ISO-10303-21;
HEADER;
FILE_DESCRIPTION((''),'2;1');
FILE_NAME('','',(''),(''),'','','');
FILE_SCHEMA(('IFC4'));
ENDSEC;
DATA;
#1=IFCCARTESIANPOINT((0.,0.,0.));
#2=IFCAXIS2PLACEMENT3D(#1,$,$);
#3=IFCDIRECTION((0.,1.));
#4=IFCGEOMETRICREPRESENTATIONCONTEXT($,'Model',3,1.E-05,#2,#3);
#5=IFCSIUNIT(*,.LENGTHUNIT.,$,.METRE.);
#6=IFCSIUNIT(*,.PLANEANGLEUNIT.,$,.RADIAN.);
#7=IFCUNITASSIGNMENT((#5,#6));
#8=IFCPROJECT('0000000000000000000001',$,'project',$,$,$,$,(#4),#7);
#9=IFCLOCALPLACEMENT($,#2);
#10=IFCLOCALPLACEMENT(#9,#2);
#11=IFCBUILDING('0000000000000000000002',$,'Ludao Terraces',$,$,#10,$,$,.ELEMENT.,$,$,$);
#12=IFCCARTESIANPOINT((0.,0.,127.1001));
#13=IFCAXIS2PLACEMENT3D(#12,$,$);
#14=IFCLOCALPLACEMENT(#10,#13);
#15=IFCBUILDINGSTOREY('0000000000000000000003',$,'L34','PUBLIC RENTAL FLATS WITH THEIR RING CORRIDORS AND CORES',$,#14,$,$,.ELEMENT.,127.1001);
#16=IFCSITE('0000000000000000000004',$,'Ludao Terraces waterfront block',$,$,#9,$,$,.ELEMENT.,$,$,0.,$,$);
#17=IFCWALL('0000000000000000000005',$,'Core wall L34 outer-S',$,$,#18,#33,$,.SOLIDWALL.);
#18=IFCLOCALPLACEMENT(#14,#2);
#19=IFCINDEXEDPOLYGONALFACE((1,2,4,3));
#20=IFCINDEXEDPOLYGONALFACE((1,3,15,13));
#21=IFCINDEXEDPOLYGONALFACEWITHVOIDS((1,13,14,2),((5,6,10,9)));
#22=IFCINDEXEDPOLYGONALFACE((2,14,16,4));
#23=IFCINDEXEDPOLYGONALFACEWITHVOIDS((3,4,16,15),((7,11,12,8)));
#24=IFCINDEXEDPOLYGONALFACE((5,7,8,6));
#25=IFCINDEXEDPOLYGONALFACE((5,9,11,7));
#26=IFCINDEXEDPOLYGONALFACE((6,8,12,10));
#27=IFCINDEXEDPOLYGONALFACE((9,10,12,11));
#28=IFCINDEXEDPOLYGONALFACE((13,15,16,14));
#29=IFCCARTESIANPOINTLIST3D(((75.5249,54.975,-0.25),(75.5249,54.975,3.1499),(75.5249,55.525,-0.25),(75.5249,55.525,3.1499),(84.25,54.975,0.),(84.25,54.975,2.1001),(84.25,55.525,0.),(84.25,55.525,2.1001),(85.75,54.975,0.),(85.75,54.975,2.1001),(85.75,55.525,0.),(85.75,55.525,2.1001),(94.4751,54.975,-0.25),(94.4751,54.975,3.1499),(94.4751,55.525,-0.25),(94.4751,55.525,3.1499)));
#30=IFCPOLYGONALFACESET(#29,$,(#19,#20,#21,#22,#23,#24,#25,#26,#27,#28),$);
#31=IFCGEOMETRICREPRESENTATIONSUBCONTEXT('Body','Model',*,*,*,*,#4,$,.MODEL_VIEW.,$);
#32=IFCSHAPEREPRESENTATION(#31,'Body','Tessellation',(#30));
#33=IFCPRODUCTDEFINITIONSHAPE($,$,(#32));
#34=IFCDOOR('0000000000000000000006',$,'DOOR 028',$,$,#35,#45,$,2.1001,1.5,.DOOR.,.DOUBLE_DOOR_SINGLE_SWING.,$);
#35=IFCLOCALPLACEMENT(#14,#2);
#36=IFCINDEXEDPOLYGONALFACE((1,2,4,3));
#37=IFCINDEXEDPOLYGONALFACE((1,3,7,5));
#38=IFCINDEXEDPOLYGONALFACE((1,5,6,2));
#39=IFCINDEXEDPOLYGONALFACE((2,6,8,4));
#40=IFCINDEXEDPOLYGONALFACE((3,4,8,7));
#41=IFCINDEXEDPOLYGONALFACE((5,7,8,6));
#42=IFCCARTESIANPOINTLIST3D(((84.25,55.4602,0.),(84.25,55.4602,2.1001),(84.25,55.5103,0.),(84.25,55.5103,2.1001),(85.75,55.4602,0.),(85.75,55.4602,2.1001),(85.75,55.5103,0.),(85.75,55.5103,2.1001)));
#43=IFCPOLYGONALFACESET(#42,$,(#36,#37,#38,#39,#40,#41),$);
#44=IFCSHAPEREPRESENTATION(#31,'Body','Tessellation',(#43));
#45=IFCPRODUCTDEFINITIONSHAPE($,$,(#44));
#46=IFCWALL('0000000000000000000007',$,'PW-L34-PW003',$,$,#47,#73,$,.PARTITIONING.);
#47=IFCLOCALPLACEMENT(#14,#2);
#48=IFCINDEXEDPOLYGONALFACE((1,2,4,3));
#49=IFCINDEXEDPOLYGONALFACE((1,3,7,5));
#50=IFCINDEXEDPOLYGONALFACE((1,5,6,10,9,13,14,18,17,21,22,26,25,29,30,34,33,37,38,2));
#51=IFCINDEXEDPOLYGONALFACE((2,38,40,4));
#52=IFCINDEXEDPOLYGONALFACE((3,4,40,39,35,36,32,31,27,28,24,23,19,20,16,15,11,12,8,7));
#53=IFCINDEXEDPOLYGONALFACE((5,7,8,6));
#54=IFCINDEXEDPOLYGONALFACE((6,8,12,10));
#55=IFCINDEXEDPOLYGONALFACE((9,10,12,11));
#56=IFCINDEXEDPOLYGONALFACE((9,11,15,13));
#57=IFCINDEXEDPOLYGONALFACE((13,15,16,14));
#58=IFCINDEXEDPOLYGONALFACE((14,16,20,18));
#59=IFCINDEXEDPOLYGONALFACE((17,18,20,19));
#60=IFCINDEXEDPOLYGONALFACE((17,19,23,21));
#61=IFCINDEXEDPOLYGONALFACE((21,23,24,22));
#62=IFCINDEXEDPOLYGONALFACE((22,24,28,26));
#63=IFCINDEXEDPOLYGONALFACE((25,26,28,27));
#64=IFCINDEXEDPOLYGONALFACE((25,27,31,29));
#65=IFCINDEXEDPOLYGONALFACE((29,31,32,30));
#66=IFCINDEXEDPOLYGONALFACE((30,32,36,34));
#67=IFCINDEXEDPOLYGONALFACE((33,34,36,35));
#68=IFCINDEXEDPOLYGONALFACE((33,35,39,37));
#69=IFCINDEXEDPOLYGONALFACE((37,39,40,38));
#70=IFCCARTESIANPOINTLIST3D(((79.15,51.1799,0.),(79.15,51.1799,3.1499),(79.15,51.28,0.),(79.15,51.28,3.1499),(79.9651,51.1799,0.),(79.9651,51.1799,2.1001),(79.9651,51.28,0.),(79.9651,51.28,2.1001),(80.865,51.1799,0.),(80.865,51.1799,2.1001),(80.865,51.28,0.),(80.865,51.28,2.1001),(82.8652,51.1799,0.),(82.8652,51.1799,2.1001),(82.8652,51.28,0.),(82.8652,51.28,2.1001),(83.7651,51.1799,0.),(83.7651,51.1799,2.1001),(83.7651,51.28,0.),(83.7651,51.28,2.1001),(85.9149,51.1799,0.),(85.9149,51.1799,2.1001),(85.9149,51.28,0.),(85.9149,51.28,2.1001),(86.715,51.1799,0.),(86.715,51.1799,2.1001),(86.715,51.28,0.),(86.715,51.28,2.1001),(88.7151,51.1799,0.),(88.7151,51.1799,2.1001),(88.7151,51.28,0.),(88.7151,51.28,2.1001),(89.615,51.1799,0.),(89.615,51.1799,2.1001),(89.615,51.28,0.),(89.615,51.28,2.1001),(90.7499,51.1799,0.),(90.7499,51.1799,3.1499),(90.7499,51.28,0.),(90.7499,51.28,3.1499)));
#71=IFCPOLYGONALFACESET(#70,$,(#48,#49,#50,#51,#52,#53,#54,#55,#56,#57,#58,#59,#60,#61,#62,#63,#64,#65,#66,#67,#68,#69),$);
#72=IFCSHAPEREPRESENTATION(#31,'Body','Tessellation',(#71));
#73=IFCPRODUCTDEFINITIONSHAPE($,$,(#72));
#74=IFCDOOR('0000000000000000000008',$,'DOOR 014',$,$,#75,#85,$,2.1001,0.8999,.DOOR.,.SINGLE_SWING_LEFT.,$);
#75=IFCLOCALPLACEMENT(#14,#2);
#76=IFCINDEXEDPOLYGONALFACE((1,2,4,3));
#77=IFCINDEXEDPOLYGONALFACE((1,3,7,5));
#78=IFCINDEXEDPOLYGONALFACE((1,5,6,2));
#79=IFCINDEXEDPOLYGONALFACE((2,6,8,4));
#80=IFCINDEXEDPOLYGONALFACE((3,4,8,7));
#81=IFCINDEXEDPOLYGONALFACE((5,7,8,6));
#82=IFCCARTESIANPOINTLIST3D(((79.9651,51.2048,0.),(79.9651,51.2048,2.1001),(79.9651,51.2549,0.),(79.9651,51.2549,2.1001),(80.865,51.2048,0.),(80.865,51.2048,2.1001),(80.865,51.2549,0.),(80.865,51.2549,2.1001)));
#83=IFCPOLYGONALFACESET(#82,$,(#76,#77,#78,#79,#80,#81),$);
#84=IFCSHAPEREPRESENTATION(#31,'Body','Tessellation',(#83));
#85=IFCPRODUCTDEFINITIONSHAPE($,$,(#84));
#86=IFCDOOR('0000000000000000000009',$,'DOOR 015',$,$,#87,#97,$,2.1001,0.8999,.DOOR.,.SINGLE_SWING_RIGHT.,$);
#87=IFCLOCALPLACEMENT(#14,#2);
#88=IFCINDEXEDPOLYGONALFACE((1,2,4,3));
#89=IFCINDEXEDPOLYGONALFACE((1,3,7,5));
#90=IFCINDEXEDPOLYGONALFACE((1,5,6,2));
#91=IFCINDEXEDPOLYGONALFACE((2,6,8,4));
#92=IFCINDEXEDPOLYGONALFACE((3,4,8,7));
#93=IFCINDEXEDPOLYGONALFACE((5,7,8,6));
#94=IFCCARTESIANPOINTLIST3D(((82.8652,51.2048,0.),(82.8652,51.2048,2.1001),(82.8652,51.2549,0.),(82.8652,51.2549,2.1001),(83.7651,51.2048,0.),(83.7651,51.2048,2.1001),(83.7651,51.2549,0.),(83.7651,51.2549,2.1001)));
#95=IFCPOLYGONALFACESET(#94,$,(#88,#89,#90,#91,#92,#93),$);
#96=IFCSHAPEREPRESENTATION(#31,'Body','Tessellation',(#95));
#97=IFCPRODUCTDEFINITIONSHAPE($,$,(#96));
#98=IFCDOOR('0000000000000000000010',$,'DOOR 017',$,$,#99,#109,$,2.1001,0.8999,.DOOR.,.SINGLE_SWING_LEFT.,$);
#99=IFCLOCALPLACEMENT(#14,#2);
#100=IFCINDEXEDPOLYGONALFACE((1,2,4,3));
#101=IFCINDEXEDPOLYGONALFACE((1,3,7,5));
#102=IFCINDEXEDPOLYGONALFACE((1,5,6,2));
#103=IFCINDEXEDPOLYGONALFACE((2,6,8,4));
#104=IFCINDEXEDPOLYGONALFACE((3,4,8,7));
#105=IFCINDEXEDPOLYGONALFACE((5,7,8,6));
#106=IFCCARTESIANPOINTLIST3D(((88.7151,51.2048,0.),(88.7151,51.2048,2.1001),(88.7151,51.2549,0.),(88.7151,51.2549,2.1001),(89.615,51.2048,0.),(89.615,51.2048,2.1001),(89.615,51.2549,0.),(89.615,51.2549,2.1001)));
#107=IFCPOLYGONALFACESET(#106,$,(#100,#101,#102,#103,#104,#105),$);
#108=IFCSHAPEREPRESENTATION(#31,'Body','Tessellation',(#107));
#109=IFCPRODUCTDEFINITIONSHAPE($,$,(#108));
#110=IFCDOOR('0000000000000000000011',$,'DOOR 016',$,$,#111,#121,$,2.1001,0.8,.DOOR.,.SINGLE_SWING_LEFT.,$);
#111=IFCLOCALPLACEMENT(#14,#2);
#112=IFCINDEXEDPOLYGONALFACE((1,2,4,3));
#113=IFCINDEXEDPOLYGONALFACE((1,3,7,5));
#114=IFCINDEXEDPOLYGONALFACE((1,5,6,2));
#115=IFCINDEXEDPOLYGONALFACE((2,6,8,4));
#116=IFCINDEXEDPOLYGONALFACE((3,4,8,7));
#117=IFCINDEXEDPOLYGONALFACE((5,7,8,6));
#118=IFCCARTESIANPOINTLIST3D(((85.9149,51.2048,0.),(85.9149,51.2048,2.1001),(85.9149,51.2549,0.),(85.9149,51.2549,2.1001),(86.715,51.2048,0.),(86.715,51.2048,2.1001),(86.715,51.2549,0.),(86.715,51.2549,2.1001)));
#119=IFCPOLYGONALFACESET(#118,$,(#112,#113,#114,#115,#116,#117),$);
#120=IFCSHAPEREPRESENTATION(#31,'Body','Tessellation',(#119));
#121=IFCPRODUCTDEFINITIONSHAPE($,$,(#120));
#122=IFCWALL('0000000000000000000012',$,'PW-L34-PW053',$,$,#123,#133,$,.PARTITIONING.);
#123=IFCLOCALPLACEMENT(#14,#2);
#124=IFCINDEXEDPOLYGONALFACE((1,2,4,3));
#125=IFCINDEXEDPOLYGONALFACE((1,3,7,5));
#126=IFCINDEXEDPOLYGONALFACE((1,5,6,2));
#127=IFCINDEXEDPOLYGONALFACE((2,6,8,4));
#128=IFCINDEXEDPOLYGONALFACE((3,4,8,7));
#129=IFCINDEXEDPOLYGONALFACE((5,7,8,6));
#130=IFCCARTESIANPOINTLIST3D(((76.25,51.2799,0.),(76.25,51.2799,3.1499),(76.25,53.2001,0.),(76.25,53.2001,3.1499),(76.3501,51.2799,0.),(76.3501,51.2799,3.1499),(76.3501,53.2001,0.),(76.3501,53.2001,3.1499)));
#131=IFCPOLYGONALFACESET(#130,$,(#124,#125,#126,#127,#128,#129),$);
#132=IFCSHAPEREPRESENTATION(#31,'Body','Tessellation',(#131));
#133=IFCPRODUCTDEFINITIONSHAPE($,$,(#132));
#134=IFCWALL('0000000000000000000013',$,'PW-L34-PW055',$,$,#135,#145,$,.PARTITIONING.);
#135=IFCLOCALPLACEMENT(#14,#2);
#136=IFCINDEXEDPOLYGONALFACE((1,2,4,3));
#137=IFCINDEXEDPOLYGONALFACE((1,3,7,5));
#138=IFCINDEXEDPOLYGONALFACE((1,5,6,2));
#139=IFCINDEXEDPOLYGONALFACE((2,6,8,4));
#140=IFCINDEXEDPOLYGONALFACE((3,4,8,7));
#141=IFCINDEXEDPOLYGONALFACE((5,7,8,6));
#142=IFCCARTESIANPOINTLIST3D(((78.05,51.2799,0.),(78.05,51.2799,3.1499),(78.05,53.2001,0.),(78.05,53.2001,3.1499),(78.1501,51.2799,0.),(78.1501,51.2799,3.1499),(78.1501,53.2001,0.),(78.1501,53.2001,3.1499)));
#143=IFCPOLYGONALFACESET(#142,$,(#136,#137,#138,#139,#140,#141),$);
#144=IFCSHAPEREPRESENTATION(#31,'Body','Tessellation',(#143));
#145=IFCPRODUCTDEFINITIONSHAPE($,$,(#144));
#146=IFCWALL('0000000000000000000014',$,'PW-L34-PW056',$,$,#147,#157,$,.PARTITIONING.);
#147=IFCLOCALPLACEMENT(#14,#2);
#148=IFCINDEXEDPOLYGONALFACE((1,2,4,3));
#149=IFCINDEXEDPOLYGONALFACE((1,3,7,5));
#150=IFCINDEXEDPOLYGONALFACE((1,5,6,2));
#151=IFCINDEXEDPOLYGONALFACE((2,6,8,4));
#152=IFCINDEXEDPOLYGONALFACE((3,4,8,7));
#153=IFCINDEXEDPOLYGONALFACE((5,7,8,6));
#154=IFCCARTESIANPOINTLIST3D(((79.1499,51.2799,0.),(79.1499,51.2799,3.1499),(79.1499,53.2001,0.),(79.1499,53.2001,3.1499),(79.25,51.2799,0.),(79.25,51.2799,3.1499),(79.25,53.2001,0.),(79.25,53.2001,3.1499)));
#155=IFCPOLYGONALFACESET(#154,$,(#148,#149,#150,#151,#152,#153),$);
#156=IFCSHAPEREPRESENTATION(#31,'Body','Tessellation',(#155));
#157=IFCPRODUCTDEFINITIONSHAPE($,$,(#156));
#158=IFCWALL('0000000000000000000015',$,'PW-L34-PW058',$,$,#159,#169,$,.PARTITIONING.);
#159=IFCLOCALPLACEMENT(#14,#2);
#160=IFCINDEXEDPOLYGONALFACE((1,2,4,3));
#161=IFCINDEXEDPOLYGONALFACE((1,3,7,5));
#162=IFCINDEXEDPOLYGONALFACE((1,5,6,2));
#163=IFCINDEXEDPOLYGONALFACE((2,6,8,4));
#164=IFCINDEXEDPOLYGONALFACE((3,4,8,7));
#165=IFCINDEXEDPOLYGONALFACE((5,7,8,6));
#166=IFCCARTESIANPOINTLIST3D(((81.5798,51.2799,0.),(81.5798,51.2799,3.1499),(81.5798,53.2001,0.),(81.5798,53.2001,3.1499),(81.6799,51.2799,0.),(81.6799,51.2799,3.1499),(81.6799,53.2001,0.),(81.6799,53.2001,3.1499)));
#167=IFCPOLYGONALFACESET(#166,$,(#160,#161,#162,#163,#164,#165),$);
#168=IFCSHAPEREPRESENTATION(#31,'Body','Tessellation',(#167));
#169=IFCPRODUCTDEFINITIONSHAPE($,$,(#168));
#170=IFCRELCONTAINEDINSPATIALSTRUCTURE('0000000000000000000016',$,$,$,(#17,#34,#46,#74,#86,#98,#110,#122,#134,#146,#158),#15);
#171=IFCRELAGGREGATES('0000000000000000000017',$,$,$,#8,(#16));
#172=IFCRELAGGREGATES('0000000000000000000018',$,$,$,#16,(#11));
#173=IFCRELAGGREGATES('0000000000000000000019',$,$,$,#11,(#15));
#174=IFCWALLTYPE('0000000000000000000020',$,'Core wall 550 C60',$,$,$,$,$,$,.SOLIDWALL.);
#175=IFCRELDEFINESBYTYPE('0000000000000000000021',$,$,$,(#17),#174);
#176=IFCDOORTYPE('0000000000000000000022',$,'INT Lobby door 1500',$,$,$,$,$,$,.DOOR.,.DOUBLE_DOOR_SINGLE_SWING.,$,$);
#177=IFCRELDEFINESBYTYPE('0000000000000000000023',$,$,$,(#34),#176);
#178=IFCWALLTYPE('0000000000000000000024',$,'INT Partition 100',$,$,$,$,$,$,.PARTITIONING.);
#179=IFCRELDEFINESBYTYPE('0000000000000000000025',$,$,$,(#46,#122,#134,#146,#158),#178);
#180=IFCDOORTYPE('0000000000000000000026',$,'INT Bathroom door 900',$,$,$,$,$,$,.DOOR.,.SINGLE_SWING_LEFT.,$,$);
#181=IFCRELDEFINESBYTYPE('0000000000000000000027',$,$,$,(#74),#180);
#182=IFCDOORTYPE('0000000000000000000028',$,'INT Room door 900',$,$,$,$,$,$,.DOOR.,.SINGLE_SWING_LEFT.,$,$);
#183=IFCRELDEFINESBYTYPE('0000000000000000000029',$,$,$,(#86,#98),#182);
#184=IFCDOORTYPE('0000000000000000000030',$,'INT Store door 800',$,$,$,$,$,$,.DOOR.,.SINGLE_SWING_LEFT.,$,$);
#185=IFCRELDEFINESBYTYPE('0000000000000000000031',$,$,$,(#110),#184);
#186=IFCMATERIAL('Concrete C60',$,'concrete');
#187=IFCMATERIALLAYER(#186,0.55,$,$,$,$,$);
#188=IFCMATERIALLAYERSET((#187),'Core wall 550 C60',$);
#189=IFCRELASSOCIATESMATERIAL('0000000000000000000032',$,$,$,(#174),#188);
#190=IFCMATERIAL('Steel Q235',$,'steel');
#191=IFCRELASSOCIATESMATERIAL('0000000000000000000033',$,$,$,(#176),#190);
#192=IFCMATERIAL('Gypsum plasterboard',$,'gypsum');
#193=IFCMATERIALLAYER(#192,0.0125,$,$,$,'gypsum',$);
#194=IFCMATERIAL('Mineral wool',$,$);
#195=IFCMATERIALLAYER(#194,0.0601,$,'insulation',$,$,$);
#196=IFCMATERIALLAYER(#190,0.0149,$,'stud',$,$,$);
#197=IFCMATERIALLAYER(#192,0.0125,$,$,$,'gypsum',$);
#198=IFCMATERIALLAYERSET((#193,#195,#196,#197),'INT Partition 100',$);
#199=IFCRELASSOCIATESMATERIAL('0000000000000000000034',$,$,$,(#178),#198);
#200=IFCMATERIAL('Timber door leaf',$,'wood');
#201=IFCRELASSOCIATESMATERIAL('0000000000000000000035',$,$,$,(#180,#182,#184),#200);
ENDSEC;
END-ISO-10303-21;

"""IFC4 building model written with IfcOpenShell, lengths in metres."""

from ifc_helpers import new_model, si_unit, direction, frame, frame_2d, origin, place, context, subcontext, project, spatial, rectangle, extrude, material, layer, layer_set, type_object, element, fill, save


model = new_model("IFC4")

# Units and contexts
model_context = context("Model", 3, precision=1e-05, world=origin(), true_north=direction((0.0, 1.0)))
body_context = subcontext(model_context, "Body", "Model", "MODEL_VIEW")
ifc_project = project(units=[si_unit("LENGTHUNIT", "METRE"), si_unit("PLANEANGLEUNIT", "RADIAN")], contexts=[model_context])

# Site, building, storey
site_placement = place(None, origin())
site = spatial("IfcSite", under=ifc_project, at=site_placement, Name="Ludao Terraces waterfront block", CompositionType="ELEMENT", RefElevation=0.0)
building_placement = place(site_placement, origin())
building = spatial("IfcBuilding", under=site, at=building_placement, Name="Ludao Terraces", CompositionType="ELEMENT")
storey_placement = place(building_placement, frame((0.0, 0.0, 127.1001)))
storey = spatial("IfcBuildingStorey", under=building, at=storey_placement, Name="L34", Description="PUBLIC RENTAL FLATS WITH THEIR RING CORRIDORS AND CORES", CompositionType="ELEMENT", Elevation=127.1001)

# Wall, opening, door
ifc_material_1 = material(Name="Concrete C60", Category="concrete")
ifc_layer_1 = layer(ifc_material_1, 0.55)
ifc_layer_set_1 = layer_set([ifc_layer_1], Name="Core wall 550 C60")
wall_type_1 = type_object("IfcWallType", Name="Core wall 550 C60", PredefinedType="SOLIDWALL", material=ifc_layer_set_1)
wall_1_placement = place(storey_placement, frame((75.5249, 55.25, -0.25), z_axis=(0.0, 0.0, 1.0), x_axis=(1.0, 0.0, 0.0)))
wall_1 = element("IfcWall", 1, at=wall_1_placement, inside=storey, type_object=wall_type_1, Name="Core wall L34 outer-S", PredefinedType="SOLIDWALL", context=body_context, shape_type="SweptSolid", body=[
    extrude(rectangle(XDim=18.9502, YDim=0.55, at=frame_2d((9.4751, 0.0))), origin(), (0.0, 0.0, 1.0), 3.3999),
])
opening_1_placement = place(wall_1_placement, frame((8.7251, 0.0, 0.25)))
opening_1 = element("IfcOpeningElement", 2, at=opening_1_placement, cuts=wall_1, PredefinedType="OPENING", context=body_context, shape_type="SweptSolid", body=[
    extrude(rectangle(XDim=1.5, YDim=2.1001, at=frame_2d((0.75, 1.05))), frame((0.0, 0.2852, 0.0), z_axis=(0.0, -1.0, 0.0), x_axis=(1.0, 0.0, 0.0)), (0.0, 0.0, 1.0), 0.5701),
])
ifc_material_2 = material(Name="Steel Q235", Category="steel")
door_type_1 = type_object("IfcDoorType", Name="INT Lobby door 1500", OperationType="DOUBLE_DOOR_SINGLE_SWING", PredefinedType="DOOR", material=ifc_material_2)
door_1_placement = place(opening_1_placement, origin())
door_1 = element("IfcDoor", 3, at=door_1_placement, inside=storey, type_object=door_type_1, Name="DOOR 028", OperationType="DOUBLE_DOOR_SINGLE_SWING", OverallHeight=2.1001, OverallWidth=1.5, PredefinedType="DOOR", context=body_context, shape_type="SweptSolid", body=[
    extrude(rectangle(XDim=1.5, YDim=2.1001, at=frame_2d((0.75, 1.05))), frame((0.0, 0.2603, 0.0), z_axis=(0.0, -1.0, 0.0), x_axis=(1.0, 0.0, 0.0)), (0.0, 0.0, 1.0), 0.05),
])
fill(opening_1, door_1)

# Wall, openings, doors
ifc_material_3 = material(Name="Gypsum plasterboard", Category="gypsum")
ifc_layer_2 = layer(ifc_material_3, 0.0125, Category="gypsum")
ifc_material_4 = material(Name="Mineral wool")
ifc_layer_3 = layer(ifc_material_4, 0.0601, Name="insulation")
ifc_layer_4 = layer(ifc_material_2, 0.0149, Name="stud")
ifc_layer_5 = layer(ifc_material_3, 0.0125, Category="gypsum")
ifc_layer_set_2 = layer_set([ifc_layer_2, ifc_layer_3, ifc_layer_4, ifc_layer_5], Name="INT Partition 100")
wall_type_2 = type_object("IfcWallType", Name="INT Partition 100", PredefinedType="PARTITIONING", material=ifc_layer_set_2)
wall_2_placement = place(storey_placement, frame((79.1501, 51.23, 0.0), z_axis=(0.0, 0.0, 1.0), x_axis=(1.0, 0.0, 0.0)))
wall_2 = element("IfcWall", 4, at=wall_2_placement, inside=storey, type_object=wall_type_2, Name="PW-L34-PW003", PredefinedType="PARTITIONING", context=body_context, shape_type="SweptSolid", body=[
    extrude(rectangle(XDim=11.5999, YDim=0.1001, at=frame_2d((5.7998, 0.0))), origin(), (0.0, 0.0, 1.0), 3.1499),
])
opening_2_placement = place(wall_2_placement, frame((0.8149, 0.0, 0.0)))
opening_2 = element("IfcOpeningElement", 5, at=opening_2_placement, cuts=wall_2, PredefinedType="OPENING", context=body_context, shape_type="SweptSolid", body=[
    extrude(rectangle(XDim=0.8999, YDim=2.1001, at=frame_2d((0.45, 1.05))), frame((0.0, 0.0601, 0.0), z_axis=(0.0, -1.0, 0.0), x_axis=(1.0, 0.0, 0.0)), (0.0, 0.0, 1.0), 0.1201),
])
opening_3_placement = place(wall_2_placement, frame((3.7151, 0.0, 0.0)))
opening_3 = element("IfcOpeningElement", 6, at=opening_3_placement, cuts=wall_2, PredefinedType="OPENING", context=body_context, shape_type="SweptSolid", body=[
    extrude(rectangle(XDim=0.8999, YDim=2.1001, at=frame_2d((0.45, 1.05))), frame((0.0, 0.0601, 0.0), z_axis=(0.0, -1.0, 0.0), x_axis=(1.0, 0.0, 0.0)), (0.0, 0.0, 1.0), 0.1201),
])
opening_4_placement = place(wall_2_placement, frame((6.7649, 0.0, 0.0)))
opening_4 = element("IfcOpeningElement", 7, at=opening_4_placement, cuts=wall_2, PredefinedType="OPENING", context=body_context, shape_type="SweptSolid", body=[
    extrude(rectangle(XDim=0.8, YDim=2.1001, at=frame_2d((0.3999, 1.05))), frame((0.0, 0.0601, 0.0), z_axis=(0.0, -1.0, 0.0), x_axis=(1.0, 0.0, 0.0)), (0.0, 0.0, 1.0), 0.1201),
])
opening_5_placement = place(wall_2_placement, frame((9.5649, 0.0, 0.0)))
opening_5 = element("IfcOpeningElement", 8, at=opening_5_placement, cuts=wall_2, PredefinedType="OPENING", context=body_context, shape_type="SweptSolid", body=[
    extrude(rectangle(XDim=0.8999, YDim=2.1001, at=frame_2d((0.45, 1.05))), frame((0.0, 0.0601, 0.0), z_axis=(0.0, -1.0, 0.0), x_axis=(1.0, 0.0, 0.0)), (0.0, 0.0, 1.0), 0.1201),
])
ifc_material_5 = material(Name="Timber door leaf", Category="wood")
door_type_2 = type_object("IfcDoorType", Name="INT Bathroom door 900", OperationType="SINGLE_SWING_LEFT", PredefinedType="DOOR", material=ifc_material_5)
door_2_placement = place(opening_2_placement, origin())
door_2 = element("IfcDoor", 9, at=door_2_placement, inside=storey, type_object=door_type_2, Name="DOOR 014", OperationType="SINGLE_SWING_LEFT", OverallHeight=2.1001, OverallWidth=0.8999, PredefinedType="DOOR", context=body_context, shape_type="SweptSolid", body=[
    extrude(rectangle(XDim=0.8999, YDim=2.1001, at=frame_2d((0.45, 1.05))), frame((0.0, 0.0249, 0.0), z_axis=(0.0, -1.0, 0.0), x_axis=(1.0, 0.0, 0.0)), (0.0, 0.0, 1.0), 0.05),
])
fill(opening_2, door_2)
door_type_3 = type_object("IfcDoorType", Name="INT Room door 900", OperationType="SINGLE_SWING_LEFT", PredefinedType="DOOR", material=ifc_material_5)
door_3_placement = place(opening_3_placement, origin())
door_3 = element("IfcDoor", 10, at=door_3_placement, inside=storey, type_object=door_type_3, Name="DOOR 015", OperationType="SINGLE_SWING_RIGHT", OverallHeight=2.1001, OverallWidth=0.8999, PredefinedType="DOOR", context=body_context, shape_type="SweptSolid", body=[
    extrude(rectangle(XDim=0.8999, YDim=2.1001, at=frame_2d((0.45, 1.05))), frame((0.0, 0.0249, 0.0), z_axis=(0.0, -1.0, 0.0), x_axis=(1.0, 0.0, 0.0)), (0.0, 0.0, 1.0), 0.05),
])
fill(opening_3, door_3)
door_4_placement = place(opening_5_placement, origin())
door_4 = element("IfcDoor", 11, at=door_4_placement, inside=storey, type_object=door_type_3, Name="DOOR 017", OperationType="SINGLE_SWING_LEFT", OverallHeight=2.1001, OverallWidth=0.8999, PredefinedType="DOOR", context=body_context, shape_type="SweptSolid", body=[
    extrude(rectangle(XDim=0.8999, YDim=2.1001, at=frame_2d((0.45, 1.05))), frame((0.0, 0.0249, 0.0), z_axis=(0.0, -1.0, 0.0), x_axis=(1.0, 0.0, 0.0)), (0.0, 0.0, 1.0), 0.05),
])
fill(opening_5, door_4)
door_type_4 = type_object("IfcDoorType", Name="INT Store door 800", OperationType="SINGLE_SWING_LEFT", PredefinedType="DOOR", material=ifc_material_5)
door_5_placement = place(opening_4_placement, origin())
door_5 = element("IfcDoor", 12, at=door_5_placement, inside=storey, type_object=door_type_4, Name="DOOR 016", OperationType="SINGLE_SWING_LEFT", OverallHeight=2.1001, OverallWidth=0.8, PredefinedType="DOOR", context=body_context, shape_type="SweptSolid", body=[
    extrude(rectangle(XDim=0.8, YDim=2.1001, at=frame_2d((0.3999, 1.05))), frame((0.0, 0.0249, 0.0), z_axis=(0.0, -1.0, 0.0), x_axis=(1.0, 0.0, 0.0)), (0.0, 0.0, 1.0), 0.05),
])
fill(opening_4, door_5)

# Walls
for number, where, z_axis, x_axis, name in (
    (13, (76.3, 51.28, 0.0), (0.0, 0.0, 1.0), (0.0, 1.0, 0.0), "PW-L34-PW053"),
    (14, (78.1001, 51.28, 0.0), (0.0, 0.0, 1.0), (0.0, 1.0, 0.0), "PW-L34-PW055"),
    (15, (79.2, 51.28, 0.0), (0.0, 0.0, 1.0), (0.0, 1.0, 0.0), "PW-L34-PW056"),
    (16, (81.6299, 51.28, 0.0), (0.0, 0.0, 1.0), (0.0, 1.0, 0.0), "PW-L34-PW058"),
):
    element("IfcWall", number, at=place(storey_placement, frame(where, z_axis=z_axis, x_axis=x_axis)), inside=storey, type_object=wall_type_2, Name=name, PredefinedType="PARTITIONING", context=body_context, shape_type="SweptSolid", body=[
        extrude(rectangle(XDim=1.9202, YDim=0.1001, at=frame_2d((0.96, 0.0))), origin(), (0.0, 0.0, 1.0), 3.1499),
    ])

save(model, "model.ifc")
